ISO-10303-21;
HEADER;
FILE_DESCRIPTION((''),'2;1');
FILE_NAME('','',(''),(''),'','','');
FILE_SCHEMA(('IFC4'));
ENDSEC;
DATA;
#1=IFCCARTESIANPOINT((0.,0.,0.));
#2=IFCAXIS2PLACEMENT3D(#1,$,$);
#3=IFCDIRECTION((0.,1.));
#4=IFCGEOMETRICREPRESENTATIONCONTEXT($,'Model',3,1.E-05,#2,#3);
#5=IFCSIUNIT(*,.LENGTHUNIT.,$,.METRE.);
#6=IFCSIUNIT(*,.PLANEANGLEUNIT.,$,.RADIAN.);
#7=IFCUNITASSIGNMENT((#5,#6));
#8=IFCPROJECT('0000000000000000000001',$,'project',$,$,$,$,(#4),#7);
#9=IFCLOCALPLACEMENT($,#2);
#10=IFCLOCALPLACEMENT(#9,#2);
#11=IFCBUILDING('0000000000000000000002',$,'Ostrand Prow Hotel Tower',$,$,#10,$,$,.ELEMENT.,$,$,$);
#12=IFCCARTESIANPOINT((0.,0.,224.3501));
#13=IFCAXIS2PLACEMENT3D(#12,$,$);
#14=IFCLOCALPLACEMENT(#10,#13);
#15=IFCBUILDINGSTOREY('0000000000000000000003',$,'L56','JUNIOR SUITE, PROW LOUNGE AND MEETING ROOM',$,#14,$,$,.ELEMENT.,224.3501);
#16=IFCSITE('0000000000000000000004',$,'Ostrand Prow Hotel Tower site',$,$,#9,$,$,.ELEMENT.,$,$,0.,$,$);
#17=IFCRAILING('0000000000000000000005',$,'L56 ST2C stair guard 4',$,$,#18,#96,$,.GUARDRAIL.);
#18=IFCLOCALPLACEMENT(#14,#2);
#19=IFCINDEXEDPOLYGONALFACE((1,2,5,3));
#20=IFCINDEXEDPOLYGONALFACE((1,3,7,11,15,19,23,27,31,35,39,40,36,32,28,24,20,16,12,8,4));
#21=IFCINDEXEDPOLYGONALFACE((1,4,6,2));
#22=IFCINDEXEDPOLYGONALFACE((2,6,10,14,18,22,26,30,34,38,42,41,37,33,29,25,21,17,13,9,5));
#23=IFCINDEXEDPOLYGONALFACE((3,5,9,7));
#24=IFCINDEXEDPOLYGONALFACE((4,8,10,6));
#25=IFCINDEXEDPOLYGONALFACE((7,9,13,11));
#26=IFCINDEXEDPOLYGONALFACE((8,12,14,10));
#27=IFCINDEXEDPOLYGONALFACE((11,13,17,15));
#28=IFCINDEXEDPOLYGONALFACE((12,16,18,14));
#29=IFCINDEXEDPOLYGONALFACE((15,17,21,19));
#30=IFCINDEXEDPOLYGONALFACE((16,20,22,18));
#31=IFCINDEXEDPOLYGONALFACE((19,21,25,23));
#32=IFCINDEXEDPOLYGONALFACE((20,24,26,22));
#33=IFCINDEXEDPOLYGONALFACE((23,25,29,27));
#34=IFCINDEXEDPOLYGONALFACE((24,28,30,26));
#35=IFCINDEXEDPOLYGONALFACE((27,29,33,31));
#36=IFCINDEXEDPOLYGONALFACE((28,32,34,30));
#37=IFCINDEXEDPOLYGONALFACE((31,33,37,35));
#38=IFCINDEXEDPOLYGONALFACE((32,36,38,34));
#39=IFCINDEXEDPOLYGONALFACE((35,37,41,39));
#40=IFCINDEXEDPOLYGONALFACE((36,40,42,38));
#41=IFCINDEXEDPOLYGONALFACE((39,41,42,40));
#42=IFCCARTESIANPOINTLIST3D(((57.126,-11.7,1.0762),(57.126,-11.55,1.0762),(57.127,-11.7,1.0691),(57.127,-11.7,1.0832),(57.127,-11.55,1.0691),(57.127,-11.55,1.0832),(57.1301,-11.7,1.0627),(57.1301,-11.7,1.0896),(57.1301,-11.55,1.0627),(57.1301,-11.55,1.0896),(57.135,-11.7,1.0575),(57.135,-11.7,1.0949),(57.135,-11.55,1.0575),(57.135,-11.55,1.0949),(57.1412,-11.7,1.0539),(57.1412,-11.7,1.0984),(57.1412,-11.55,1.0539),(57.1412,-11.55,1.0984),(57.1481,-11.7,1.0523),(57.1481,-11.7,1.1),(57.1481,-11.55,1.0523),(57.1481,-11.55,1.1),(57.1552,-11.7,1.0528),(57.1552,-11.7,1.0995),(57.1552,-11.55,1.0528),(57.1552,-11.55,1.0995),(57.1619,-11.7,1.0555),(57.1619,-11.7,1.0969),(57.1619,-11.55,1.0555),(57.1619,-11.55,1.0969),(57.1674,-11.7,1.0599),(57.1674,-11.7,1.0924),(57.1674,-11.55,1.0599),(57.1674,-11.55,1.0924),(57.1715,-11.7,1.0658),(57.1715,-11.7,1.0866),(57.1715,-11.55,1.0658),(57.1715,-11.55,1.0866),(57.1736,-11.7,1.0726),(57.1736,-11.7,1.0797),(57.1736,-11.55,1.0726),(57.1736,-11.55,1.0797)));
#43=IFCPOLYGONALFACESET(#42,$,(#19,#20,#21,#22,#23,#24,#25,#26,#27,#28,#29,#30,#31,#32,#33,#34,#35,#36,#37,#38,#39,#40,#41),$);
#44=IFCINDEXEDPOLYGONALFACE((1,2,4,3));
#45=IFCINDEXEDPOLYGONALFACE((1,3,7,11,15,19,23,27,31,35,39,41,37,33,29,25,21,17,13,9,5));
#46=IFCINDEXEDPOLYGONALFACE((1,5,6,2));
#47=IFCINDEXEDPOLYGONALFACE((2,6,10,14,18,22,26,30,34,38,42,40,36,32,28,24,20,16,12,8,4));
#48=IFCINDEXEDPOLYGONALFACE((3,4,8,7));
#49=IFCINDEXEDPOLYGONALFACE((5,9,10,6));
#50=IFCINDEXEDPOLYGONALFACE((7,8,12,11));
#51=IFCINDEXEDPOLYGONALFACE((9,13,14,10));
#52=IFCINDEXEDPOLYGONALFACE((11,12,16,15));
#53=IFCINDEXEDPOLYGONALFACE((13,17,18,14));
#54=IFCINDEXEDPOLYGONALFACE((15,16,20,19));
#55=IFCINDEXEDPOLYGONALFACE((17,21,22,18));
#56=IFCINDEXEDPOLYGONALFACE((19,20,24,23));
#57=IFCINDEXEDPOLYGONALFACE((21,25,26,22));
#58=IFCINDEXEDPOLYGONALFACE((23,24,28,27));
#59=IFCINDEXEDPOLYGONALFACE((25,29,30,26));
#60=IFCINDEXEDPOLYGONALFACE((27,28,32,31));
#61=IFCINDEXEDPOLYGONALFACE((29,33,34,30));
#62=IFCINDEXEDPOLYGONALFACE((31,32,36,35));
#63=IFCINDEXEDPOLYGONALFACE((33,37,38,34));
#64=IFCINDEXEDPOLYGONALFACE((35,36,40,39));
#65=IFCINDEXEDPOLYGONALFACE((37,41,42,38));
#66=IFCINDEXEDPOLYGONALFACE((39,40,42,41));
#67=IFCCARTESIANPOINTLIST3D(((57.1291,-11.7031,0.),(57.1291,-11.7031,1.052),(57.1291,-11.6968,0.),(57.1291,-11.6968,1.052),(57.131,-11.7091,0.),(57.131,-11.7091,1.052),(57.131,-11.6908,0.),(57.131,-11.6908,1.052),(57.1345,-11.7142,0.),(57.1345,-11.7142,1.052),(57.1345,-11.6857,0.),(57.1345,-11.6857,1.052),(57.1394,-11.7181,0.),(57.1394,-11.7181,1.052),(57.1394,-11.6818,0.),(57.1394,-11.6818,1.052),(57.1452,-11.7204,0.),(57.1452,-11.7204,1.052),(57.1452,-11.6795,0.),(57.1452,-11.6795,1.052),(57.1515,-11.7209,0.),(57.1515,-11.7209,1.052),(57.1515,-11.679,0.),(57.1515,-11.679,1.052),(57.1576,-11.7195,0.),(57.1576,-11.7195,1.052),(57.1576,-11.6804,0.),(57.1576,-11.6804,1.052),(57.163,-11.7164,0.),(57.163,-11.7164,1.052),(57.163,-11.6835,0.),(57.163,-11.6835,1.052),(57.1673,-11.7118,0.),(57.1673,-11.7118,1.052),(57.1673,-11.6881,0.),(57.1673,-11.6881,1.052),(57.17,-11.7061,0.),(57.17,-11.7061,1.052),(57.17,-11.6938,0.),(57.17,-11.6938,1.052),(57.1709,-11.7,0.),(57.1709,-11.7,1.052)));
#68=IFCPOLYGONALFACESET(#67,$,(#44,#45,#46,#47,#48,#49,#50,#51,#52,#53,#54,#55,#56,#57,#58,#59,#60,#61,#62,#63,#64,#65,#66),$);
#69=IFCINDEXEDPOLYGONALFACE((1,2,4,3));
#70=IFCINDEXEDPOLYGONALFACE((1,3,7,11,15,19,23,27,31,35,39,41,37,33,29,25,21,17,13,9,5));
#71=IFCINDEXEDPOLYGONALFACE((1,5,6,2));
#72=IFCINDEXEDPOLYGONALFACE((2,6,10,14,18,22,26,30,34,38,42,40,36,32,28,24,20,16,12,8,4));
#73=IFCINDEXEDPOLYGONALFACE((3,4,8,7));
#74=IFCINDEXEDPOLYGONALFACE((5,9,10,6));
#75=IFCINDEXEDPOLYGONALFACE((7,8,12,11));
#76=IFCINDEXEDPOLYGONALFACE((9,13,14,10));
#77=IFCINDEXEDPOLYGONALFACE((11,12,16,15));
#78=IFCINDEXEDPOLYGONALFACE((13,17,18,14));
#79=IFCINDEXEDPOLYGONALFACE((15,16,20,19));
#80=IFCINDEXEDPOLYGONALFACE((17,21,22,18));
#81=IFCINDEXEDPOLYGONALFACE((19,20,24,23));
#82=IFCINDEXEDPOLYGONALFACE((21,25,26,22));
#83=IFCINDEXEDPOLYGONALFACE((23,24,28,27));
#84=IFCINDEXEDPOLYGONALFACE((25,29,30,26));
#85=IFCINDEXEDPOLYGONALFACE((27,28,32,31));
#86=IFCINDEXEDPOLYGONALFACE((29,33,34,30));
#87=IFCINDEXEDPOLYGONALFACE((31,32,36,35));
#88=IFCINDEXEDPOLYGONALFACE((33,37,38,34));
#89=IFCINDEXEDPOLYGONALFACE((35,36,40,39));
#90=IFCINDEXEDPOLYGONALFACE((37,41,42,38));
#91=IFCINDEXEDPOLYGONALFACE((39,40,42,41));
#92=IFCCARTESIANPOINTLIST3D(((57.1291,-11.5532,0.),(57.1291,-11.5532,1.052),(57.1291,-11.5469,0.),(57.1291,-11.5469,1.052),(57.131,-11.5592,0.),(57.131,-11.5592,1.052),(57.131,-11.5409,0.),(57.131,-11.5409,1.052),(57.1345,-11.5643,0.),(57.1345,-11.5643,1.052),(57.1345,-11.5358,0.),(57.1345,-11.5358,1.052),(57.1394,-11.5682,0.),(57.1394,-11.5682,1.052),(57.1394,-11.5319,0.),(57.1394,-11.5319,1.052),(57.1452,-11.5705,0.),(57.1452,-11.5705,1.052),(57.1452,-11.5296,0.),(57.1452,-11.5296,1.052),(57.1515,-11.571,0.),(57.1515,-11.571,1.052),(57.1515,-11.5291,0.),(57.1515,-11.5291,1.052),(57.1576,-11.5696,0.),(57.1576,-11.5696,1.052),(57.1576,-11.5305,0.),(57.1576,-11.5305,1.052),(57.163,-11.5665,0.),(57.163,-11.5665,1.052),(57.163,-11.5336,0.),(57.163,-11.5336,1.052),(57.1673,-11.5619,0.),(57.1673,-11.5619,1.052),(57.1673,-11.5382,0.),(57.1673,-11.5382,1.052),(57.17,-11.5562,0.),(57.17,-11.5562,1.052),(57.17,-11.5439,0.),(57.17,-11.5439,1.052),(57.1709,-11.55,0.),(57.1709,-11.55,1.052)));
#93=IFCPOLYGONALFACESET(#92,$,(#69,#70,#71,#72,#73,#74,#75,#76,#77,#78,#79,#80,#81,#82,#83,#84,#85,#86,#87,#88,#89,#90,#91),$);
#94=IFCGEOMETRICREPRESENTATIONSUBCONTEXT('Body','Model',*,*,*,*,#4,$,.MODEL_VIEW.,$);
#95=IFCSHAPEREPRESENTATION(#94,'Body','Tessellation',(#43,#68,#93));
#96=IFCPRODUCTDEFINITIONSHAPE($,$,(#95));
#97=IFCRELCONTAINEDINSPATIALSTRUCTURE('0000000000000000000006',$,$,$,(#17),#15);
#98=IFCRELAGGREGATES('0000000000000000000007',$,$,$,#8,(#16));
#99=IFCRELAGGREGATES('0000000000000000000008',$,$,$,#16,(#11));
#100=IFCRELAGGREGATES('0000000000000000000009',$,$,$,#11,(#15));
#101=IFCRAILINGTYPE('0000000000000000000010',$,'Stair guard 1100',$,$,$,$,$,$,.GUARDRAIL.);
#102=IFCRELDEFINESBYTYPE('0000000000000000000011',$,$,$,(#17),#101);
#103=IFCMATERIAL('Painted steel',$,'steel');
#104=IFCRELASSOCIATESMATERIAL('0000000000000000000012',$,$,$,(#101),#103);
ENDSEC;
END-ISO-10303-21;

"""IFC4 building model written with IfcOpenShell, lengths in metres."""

from ifc_helpers import new_model, si_unit, direction, frame, origin, origin_2d, place, context, subcontext, project, spatial, circle, extrude, material, type_object, element, save


model = new_model("IFC4")

# Units and contexts
model_context = context("Model", 3, precision=1e-05, world=origin(), true_north=direction((0.0, 1.0)))
body_context = subcontext(model_context, "Body", "Model", "MODEL_VIEW")
ifc_project = project(units=[si_unit("LENGTHUNIT", "METRE"), si_unit("PLANEANGLEUNIT", "RADIAN")], contexts=[model_context])

# Site, building, storey
site_placement = place(None, origin())
site = spatial("IfcSite", under=ifc_project, at=site_placement, Name="Ostrand Prow Hotel Tower site", CompositionType="ELEMENT", RefElevation=0.0)
building_placement = place(site_placement, origin())
building = spatial("IfcBuilding", under=site, at=building_placement, Name="Ostrand Prow Hotel Tower", CompositionType="ELEMENT")
storey_placement = place(building_placement, frame((0.0, 0.0, 224.3501)))
storey = spatial("IfcBuildingStorey", under=building, at=storey_placement, Name="L56", Description="JUNIOR SUITE, PROW LOUNGE AND MEETING ROOM", CompositionType="ELEMENT", Elevation=224.3501)

# Railing
ifc_material_1 = material(Name="Painted steel", Category="steel")
railing_type_1 = type_object("IfcRailingType", Name="Stair guard 1100", PredefinedType="GUARDRAIL", material=ifc_material_1)
railing_1_placement = place(storey_placement, frame((57.1499, -11.7, 0.0)))
element("IfcRailing", 1, at=railing_1_placement, inside=storey, type_object=railing_type_1, Name="L56 ST2C stair guard 4", PredefinedType="GUARDRAIL", context=body_context, shape_type="SweptSolid", body=[
    extrude(circle(Radius=0.0239, at=origin_2d()), frame((0.0, 0.0, 1.0762), z_axis=(0.0, 1.0, 0.0), x_axis=(-1.0, 0.0, 0.0)), (0.0, 0.0, 1.0), 0.1499),
    extrude(circle(Radius=0.021, at=origin_2d()), origin(), (0.0, 0.0, 1.0), 1.052),
    extrude(circle(Radius=0.021, at=origin_2d()), frame((0.0, 0.1499, 0.0)), (0.0, 0.0, 1.0), 1.052),
])

save(model, "model.ifc")
